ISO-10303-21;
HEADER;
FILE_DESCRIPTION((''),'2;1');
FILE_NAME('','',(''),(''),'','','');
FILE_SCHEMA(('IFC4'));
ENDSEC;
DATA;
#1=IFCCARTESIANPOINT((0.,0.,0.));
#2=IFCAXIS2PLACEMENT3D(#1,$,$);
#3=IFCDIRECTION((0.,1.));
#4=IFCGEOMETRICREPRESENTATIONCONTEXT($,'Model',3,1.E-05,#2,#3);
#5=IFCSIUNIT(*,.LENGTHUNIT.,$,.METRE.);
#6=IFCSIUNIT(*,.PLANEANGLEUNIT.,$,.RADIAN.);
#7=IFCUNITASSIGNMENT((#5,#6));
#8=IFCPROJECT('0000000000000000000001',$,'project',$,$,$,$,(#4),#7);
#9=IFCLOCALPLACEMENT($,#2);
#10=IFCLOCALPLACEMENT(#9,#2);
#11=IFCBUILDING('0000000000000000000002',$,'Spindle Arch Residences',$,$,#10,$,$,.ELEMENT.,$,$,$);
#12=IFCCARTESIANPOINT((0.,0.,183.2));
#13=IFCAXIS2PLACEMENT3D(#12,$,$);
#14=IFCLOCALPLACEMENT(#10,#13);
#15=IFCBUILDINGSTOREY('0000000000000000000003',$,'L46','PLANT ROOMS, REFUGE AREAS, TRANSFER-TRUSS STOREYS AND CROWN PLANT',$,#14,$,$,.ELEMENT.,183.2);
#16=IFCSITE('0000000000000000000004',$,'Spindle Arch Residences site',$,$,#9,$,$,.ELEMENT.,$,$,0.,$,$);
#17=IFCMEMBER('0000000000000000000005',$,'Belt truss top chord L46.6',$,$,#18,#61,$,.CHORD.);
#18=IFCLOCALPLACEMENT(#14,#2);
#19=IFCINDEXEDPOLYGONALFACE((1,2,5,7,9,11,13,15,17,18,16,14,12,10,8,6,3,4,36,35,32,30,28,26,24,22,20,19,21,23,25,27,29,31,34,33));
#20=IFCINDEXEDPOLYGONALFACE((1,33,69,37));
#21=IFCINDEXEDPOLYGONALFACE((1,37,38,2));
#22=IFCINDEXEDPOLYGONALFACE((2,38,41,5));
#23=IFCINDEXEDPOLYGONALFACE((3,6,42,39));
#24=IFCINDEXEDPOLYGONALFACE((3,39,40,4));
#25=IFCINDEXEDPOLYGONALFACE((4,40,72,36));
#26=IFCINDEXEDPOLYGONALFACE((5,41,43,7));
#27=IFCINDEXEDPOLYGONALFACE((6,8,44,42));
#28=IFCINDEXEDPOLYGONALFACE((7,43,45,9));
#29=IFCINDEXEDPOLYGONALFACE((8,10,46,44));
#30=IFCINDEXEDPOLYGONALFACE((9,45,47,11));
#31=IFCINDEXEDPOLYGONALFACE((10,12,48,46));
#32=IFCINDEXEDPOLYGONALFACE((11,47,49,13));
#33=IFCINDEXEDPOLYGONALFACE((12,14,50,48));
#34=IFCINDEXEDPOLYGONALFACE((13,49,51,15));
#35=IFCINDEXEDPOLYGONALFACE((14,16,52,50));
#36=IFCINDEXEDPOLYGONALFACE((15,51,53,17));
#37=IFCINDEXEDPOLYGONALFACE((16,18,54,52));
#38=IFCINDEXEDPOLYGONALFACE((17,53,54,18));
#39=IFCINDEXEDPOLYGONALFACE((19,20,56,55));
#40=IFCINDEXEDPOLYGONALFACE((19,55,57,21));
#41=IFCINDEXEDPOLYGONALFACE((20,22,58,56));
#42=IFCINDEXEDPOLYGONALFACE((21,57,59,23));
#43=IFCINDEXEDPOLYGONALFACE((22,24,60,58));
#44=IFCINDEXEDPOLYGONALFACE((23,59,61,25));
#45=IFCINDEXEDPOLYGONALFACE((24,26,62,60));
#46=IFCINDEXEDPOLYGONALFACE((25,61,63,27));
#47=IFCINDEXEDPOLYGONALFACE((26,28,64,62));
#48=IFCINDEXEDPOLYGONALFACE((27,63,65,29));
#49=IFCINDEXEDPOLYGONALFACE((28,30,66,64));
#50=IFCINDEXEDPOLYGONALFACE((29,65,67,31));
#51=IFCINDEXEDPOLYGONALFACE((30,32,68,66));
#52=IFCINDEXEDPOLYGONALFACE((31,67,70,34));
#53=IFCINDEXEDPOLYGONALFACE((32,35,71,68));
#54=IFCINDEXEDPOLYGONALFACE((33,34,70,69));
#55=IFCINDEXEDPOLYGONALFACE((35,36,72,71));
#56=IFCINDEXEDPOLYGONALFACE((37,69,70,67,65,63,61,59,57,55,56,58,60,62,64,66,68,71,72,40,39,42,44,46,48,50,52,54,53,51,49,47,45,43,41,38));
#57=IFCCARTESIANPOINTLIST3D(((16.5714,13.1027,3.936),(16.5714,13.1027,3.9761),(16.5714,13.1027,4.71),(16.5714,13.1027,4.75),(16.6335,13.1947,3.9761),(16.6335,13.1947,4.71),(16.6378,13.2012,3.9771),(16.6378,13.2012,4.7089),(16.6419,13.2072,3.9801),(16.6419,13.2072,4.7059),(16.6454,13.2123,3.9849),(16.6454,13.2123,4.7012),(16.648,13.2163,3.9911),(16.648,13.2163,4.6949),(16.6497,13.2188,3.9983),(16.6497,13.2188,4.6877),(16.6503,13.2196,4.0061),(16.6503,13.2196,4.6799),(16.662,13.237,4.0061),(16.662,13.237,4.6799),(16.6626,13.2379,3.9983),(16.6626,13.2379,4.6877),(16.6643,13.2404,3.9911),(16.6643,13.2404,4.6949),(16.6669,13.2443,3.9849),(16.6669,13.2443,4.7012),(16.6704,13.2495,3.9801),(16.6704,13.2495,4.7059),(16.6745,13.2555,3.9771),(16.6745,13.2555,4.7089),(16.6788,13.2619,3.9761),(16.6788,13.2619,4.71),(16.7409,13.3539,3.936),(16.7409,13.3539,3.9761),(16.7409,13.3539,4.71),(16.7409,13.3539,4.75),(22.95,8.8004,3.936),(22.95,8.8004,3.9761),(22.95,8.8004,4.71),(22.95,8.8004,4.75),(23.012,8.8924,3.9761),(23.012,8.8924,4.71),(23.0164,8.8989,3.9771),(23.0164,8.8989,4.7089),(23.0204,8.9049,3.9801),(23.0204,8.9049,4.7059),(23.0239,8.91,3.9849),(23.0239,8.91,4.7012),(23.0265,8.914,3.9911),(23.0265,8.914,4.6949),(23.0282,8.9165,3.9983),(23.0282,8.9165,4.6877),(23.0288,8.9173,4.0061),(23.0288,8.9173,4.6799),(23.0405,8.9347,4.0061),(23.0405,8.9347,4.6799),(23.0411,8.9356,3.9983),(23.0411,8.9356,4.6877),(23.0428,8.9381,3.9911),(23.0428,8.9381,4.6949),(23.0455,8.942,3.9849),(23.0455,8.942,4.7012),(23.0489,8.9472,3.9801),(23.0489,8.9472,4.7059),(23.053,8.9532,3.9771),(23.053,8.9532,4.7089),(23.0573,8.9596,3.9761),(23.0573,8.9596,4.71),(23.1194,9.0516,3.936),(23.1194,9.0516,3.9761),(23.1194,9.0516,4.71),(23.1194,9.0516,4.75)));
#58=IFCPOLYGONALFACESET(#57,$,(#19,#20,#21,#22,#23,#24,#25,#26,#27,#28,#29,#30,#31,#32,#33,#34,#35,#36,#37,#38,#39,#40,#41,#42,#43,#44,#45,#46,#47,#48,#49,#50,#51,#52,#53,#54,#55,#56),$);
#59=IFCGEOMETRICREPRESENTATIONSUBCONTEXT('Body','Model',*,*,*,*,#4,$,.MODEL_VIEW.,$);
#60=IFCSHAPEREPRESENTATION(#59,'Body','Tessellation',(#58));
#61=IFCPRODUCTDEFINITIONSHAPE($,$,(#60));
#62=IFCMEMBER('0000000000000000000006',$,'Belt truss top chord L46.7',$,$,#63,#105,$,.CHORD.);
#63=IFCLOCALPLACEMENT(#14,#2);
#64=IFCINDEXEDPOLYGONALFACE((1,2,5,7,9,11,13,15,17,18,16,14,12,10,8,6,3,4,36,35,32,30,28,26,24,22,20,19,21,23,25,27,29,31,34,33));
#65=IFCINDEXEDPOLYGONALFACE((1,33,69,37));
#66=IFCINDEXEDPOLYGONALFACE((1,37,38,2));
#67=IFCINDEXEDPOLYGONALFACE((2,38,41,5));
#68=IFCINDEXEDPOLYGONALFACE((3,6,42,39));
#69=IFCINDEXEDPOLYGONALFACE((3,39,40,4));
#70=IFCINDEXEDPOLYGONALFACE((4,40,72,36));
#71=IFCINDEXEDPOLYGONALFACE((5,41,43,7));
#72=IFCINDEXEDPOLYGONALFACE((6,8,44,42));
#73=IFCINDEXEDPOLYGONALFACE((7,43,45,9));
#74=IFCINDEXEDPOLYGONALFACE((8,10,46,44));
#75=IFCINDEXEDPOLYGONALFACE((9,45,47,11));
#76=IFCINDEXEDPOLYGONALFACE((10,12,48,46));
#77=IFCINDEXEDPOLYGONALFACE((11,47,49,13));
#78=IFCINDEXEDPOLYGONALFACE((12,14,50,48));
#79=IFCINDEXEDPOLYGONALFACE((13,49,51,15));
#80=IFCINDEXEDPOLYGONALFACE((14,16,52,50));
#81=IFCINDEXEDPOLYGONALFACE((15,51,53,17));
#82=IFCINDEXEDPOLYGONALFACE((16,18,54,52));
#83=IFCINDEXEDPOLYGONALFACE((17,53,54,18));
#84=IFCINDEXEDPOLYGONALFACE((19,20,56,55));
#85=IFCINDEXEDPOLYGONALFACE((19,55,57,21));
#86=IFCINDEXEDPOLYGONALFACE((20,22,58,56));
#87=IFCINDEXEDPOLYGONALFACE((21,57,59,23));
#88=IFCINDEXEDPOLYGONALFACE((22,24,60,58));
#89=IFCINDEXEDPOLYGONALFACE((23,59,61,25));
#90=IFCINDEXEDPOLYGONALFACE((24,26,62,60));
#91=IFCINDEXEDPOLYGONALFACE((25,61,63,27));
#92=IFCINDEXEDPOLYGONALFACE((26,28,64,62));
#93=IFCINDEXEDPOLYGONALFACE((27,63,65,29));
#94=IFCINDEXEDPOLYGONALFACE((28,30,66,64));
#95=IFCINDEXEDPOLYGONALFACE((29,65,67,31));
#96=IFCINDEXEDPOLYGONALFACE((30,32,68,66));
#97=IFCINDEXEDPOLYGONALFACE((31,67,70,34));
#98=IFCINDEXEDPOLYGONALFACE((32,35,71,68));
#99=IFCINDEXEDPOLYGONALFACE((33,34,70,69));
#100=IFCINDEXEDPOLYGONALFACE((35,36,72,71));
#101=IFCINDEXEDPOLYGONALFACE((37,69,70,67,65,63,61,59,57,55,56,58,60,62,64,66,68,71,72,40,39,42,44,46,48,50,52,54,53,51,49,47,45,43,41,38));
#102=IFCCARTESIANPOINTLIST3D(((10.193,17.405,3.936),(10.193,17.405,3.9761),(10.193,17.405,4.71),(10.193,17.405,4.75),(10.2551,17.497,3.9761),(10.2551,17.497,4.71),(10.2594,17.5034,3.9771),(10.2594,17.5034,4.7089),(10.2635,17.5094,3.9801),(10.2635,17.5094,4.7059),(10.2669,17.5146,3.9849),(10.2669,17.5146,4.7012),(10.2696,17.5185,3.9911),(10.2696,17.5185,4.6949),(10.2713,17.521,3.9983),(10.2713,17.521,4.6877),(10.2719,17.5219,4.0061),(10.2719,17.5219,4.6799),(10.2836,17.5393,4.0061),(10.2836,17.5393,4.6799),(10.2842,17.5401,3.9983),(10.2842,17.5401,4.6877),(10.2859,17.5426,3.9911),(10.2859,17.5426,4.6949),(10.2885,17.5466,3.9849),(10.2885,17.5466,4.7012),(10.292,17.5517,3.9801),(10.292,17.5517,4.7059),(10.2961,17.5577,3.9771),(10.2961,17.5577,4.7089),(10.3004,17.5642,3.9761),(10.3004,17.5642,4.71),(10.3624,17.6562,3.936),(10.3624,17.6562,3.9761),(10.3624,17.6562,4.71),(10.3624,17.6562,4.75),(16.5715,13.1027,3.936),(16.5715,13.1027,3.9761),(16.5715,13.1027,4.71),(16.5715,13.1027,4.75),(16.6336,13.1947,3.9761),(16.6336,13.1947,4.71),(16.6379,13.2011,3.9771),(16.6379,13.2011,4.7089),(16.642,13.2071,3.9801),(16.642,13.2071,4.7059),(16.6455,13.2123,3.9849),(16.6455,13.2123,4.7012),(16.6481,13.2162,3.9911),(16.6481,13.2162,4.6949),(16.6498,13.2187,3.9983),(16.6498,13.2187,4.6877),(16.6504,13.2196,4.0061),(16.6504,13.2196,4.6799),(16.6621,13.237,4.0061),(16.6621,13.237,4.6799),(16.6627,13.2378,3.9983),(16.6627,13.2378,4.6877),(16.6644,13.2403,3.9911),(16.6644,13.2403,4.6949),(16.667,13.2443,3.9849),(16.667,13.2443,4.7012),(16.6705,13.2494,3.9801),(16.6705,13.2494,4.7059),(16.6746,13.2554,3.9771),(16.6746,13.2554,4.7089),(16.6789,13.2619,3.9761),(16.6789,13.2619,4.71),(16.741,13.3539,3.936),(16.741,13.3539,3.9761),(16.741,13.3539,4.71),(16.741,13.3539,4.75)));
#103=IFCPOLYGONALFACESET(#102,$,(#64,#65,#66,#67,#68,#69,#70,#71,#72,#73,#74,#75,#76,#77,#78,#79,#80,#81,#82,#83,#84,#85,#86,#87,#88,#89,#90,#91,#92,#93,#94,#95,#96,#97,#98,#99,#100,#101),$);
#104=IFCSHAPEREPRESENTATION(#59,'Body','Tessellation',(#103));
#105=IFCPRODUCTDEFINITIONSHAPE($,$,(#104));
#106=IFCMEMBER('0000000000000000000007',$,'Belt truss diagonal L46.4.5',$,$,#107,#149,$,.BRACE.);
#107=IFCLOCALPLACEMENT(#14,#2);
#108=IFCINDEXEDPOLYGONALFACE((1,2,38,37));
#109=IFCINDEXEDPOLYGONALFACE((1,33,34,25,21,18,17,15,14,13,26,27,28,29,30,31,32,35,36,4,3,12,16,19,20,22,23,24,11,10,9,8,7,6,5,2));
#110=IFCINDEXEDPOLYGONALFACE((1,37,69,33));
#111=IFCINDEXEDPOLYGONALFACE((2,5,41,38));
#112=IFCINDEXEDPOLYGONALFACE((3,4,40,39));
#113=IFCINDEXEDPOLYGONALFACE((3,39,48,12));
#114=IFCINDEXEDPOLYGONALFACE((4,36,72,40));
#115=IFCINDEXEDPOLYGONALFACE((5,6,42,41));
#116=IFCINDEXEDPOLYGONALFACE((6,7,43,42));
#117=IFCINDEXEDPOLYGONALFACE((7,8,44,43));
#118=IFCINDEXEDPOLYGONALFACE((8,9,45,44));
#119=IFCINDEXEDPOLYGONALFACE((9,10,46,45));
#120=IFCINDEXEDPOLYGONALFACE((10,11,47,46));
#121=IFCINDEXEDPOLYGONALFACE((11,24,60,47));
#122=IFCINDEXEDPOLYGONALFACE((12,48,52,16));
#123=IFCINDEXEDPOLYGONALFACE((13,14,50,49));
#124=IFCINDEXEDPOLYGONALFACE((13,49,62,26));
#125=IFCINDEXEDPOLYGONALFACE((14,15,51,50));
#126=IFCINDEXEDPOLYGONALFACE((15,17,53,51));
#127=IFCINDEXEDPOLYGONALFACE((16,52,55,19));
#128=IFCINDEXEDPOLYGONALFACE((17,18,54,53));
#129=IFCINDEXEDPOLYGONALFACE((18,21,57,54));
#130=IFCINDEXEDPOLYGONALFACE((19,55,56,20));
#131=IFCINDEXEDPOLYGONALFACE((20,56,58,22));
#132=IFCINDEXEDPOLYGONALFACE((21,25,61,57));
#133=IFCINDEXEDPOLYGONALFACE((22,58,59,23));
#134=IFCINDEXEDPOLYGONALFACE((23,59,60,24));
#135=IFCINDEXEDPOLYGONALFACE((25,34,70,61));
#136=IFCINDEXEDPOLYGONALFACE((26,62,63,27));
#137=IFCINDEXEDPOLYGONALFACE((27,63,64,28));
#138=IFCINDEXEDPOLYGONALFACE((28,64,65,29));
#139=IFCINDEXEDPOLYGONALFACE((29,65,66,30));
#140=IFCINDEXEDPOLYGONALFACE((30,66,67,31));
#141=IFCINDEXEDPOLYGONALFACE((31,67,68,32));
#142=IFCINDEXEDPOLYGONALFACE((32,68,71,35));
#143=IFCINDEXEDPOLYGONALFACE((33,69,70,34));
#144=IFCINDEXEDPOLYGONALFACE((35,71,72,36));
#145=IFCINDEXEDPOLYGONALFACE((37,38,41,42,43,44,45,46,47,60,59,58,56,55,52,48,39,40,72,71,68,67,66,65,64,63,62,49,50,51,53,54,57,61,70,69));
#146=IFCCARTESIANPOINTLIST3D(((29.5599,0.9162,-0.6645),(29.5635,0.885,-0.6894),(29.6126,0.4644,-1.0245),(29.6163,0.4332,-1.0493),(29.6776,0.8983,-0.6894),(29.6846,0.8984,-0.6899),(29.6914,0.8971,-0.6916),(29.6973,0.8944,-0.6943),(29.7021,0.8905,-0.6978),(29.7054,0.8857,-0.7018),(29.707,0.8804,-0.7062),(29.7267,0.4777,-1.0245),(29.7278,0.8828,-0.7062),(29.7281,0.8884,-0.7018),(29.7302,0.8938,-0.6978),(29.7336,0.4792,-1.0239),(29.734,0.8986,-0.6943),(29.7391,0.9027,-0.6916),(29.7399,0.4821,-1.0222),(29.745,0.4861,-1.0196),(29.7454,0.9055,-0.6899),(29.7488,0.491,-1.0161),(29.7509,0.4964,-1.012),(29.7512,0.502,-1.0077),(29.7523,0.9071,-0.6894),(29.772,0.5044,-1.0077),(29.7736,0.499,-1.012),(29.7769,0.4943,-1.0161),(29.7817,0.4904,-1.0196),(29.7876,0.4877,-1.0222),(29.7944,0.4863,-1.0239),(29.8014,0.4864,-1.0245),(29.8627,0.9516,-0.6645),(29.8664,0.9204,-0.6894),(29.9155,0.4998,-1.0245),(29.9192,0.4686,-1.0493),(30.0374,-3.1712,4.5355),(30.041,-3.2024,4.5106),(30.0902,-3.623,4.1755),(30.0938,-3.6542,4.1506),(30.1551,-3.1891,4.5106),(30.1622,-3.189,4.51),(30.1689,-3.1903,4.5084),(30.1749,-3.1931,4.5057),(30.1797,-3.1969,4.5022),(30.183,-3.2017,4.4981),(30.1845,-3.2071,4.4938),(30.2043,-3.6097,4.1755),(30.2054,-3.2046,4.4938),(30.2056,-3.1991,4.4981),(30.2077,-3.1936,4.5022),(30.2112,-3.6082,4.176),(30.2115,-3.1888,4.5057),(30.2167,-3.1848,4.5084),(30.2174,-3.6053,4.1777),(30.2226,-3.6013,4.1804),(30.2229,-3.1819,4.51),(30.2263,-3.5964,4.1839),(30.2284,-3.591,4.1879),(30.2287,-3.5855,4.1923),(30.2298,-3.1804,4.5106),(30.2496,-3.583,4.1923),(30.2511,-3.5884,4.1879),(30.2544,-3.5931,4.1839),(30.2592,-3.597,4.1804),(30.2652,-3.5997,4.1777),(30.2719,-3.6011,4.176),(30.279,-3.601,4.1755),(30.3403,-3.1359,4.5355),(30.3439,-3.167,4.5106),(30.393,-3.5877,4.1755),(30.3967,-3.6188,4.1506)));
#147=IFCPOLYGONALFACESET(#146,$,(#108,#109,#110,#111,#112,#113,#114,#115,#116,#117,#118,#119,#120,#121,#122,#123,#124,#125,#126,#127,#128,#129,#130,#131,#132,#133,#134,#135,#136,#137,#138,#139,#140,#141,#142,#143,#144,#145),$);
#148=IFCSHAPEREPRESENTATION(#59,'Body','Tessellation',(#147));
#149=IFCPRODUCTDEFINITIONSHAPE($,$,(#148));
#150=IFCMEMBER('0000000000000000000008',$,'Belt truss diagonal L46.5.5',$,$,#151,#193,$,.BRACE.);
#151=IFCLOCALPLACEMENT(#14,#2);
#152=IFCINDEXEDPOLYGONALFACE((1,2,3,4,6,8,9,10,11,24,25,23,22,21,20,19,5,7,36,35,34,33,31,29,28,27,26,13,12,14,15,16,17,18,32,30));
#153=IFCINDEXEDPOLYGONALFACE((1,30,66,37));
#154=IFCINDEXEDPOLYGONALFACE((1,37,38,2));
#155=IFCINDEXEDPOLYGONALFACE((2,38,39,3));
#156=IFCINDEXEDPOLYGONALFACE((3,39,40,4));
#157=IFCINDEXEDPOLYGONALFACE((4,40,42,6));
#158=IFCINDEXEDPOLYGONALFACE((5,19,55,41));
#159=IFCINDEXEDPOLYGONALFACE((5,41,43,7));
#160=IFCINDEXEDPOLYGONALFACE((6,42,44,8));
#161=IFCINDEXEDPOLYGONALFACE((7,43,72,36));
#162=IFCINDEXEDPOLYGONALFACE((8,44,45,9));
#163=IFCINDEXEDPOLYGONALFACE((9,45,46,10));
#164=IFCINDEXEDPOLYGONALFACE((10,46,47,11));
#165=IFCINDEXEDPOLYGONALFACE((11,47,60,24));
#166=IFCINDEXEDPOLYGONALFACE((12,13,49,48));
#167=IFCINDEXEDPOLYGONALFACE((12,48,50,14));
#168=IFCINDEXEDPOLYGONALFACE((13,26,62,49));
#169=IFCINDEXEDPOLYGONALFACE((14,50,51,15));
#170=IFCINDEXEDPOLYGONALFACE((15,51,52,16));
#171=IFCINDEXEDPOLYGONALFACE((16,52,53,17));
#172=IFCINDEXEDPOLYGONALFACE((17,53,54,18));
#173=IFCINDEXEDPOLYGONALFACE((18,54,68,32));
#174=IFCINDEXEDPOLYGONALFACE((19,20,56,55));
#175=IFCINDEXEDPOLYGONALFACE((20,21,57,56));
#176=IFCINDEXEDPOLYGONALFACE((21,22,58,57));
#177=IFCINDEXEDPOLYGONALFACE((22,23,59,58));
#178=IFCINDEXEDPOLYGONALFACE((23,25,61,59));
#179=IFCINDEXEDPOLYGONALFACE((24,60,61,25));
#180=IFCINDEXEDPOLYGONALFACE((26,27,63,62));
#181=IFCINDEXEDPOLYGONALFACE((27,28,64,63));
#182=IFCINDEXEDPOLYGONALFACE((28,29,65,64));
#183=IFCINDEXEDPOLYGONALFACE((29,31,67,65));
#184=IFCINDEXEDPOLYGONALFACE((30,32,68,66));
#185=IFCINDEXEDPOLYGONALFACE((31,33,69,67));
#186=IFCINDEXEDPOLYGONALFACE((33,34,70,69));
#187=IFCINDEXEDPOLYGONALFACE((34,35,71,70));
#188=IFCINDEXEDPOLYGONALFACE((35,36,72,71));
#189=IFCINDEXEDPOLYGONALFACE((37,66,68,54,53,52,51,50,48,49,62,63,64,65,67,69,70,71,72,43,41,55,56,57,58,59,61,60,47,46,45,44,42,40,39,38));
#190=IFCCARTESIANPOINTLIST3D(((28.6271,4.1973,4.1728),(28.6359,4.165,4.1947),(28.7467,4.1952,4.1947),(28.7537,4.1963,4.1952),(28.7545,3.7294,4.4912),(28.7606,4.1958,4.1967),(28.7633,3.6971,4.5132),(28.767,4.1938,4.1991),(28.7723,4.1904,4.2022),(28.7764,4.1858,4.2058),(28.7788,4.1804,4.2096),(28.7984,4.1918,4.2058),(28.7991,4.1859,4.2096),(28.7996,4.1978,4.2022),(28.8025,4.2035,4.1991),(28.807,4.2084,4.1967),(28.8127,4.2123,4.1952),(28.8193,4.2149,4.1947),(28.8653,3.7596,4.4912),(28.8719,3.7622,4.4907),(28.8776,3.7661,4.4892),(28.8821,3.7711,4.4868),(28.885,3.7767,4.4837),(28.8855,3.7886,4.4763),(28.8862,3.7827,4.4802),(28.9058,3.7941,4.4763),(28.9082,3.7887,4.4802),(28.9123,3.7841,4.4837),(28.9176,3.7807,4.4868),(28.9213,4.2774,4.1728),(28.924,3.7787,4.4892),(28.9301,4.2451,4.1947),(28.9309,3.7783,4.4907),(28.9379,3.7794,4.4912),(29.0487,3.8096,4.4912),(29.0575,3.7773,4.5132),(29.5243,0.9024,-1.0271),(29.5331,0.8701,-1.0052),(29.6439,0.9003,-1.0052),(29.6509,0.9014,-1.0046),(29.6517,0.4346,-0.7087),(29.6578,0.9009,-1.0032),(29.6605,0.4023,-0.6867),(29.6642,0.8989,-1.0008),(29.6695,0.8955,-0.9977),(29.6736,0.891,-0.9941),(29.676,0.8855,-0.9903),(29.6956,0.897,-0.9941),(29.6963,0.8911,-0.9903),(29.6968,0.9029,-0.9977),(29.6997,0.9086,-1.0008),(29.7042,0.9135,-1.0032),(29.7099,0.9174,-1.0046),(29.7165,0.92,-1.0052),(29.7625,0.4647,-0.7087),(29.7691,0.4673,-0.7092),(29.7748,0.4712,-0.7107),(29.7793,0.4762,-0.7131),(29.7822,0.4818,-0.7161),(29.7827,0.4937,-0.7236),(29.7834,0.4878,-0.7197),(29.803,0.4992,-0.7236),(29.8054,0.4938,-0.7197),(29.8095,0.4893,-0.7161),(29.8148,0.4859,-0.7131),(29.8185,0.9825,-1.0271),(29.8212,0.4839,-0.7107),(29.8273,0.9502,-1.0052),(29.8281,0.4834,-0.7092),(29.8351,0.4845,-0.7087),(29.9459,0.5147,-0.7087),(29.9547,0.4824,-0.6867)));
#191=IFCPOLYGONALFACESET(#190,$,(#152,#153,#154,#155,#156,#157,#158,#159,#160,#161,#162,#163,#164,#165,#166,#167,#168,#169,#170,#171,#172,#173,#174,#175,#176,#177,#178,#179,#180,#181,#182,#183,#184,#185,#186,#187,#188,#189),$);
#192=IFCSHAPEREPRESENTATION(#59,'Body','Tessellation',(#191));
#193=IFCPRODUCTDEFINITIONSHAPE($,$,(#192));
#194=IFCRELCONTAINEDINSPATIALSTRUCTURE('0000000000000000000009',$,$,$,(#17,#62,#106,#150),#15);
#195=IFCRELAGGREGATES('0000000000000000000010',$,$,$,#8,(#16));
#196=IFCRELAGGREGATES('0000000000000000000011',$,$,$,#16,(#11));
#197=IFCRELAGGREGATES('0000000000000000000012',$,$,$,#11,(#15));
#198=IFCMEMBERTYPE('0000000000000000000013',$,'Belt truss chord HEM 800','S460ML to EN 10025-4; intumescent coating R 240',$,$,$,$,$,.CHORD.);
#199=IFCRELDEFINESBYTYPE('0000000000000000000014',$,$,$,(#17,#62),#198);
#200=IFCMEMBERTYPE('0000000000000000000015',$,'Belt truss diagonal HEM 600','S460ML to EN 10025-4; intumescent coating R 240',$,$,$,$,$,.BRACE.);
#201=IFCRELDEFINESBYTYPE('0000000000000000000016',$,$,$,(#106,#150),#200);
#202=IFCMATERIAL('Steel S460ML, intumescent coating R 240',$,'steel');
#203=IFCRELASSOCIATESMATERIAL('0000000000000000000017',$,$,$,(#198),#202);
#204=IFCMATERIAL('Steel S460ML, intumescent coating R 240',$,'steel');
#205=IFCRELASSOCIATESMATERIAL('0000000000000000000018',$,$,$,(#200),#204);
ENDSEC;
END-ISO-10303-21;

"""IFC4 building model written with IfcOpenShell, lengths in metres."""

from ifc_helpers import new_model, si_unit, direction, frame, origin, origin_2d, place, context, subcontext, project, spatial, i_section, extrude, material, material_profile, profile_set, type_object, element, save


model = new_model("IFC4")

# Units and contexts
model_context = context("Model", 3, precision=1e-05, world=origin(), true_north=direction((0.0, 1.0)))
body_context = subcontext(model_context, "Body", "Model", "MODEL_VIEW")
ifc_project = project(units=[si_unit("LENGTHUNIT", "METRE"), si_unit("PLANEANGLEUNIT", "RADIAN")], contexts=[model_context])

# Site, building, storey
site_placement = place(None, origin())
site = spatial("IfcSite", under=ifc_project, at=site_placement, Name="Spindle Arch Residences site", CompositionType="ELEMENT", RefElevation=0.0)
building_placement = place(site_placement, origin())
building = spatial("IfcBuilding", under=site, at=building_placement, Name="Spindle Arch Residences", CompositionType="ELEMENT")
storey_placement = place(building_placement, frame((0.0, 0.0, 183.2)))
storey = spatial("IfcBuildingStorey", under=building, at=storey_placement, Name="L46", Description="PLANT ROOMS, REFUGE AREAS, TRANSFER-TRUSS STOREYS AND CROWN PLANT", CompositionType="ELEMENT", Elevation=183.2)

# Members
ifc_material_1 = material(Name="Steel S460ML, intumescent coating R 240", Category="steel")
ifc_material_profile_1 = material_profile(ifc_material_1, i_section(OverallWidth=0.303, OverallDepth=0.814, WebThickness=0.021, FlangeThickness=0.04, FilletRadius=0.03, at=origin_2d()), Name="HEM 800")
ifc_profile_set_1 = profile_set([ifc_material_profile_1], Name="Steel S460ML, intumescent coating R 240")
member_type_1 = type_object("IfcMemberType", Name="Belt truss chord HEM 800", Description="S460ML to EN 10025-4; intumescent coating R 240", PredefinedType="CHORD", material=ifc_profile_set_1)
for number, where, z_axis, x_axis, name in (
    (1, (23.0347, 8.926, 4.343), (-0.829041, 0.559188, 0.0), (-0.559188, -0.829041, 0.0), "Belt truss top chord L46.6"),
    (2, (16.6562, 13.2283, 4.343), (-0.829041, 0.559188, 0.0), (-0.559188, -0.829041, 0.0), "Belt truss top chord L46.7"),
):
    element("IfcMember", number, at=place(storey_placement, frame(where, z_axis=z_axis, x_axis=x_axis)), inside=storey, type_object=member_type_1, Name=name, PredefinedType="CHORD", context=body_context, shape_type="SweptSolid", body=[
        extrude(i_section(OverallWidth=0.303, OverallDepth=0.814, WebThickness=0.021, FlangeThickness=0.04, FilletRadius=0.03, at=origin_2d()), origin(), (0.0, 0.0, 1.0), 7.6938),
    ])
ifc_material_2 = material(Name="Steel S460ML, intumescent coating R 240", Category="steel")
ifc_material_profile_2 = material_profile(ifc_material_2, i_section(OverallWidth=0.3049, OverallDepth=0.6201, WebThickness=0.021, FlangeThickness=0.04, FilletRadius=0.0271, at=origin_2d()), Name="HEM 600")
ifc_profile_set_2 = profile_set([ifc_material_profile_2], Name="Steel S460ML, intumescent coating R 240")
member_type_2 = type_object("IfcMemberType", Name="Belt truss diagonal HEM 600", Description="S460ML to EN 10025-4; intumescent coating R 240", PredefinedType="BRACE", material=ifc_profile_set_2)
member_1_placement = place(storey_placement, frame((29.7395, 0.6924, -0.8569), z_axis=(0.072013, -0.616378, 0.78415), x_axis=(0.993244, 0.116043, 0.0)))
element("IfcMember", 3, at=member_1_placement, inside=storey, type_object=member_type_2, Name="Belt truss diagonal L46.4.5", PredefinedType="BRACE", context=body_context, shape_type="SweptSolid", body=[
    extrude(i_section(OverallWidth=0.3049, OverallDepth=0.6201, WebThickness=0.021, FlangeThickness=0.04, FilletRadius=0.0271, at=origin_2d()), origin(), (0.0, 0.0, 1.0), 6.6313),
])
member_2_placement = place(storey_placement, frame((29.7395, 0.6924, -0.8569), z_axis=(-0.144224, 0.529644, 0.835869), x_axis=(-0.964868, -0.262736, 0.0)))
element("IfcMember", 4, at=member_2_placement, inside=storey, type_object=member_type_2, Name="Belt truss diagonal L46.5.5", PredefinedType="BRACE", context=body_context, shape_type="SweptSolid", body=[
    extrude(i_section(OverallWidth=0.3049, OverallDepth=0.6201, WebThickness=0.021, FlangeThickness=0.04, FilletRadius=0.0271, at=origin_2d()), origin(), (0.0, 0.0, 1.0), 6.2209),
])

save(model, "model.ifc")
